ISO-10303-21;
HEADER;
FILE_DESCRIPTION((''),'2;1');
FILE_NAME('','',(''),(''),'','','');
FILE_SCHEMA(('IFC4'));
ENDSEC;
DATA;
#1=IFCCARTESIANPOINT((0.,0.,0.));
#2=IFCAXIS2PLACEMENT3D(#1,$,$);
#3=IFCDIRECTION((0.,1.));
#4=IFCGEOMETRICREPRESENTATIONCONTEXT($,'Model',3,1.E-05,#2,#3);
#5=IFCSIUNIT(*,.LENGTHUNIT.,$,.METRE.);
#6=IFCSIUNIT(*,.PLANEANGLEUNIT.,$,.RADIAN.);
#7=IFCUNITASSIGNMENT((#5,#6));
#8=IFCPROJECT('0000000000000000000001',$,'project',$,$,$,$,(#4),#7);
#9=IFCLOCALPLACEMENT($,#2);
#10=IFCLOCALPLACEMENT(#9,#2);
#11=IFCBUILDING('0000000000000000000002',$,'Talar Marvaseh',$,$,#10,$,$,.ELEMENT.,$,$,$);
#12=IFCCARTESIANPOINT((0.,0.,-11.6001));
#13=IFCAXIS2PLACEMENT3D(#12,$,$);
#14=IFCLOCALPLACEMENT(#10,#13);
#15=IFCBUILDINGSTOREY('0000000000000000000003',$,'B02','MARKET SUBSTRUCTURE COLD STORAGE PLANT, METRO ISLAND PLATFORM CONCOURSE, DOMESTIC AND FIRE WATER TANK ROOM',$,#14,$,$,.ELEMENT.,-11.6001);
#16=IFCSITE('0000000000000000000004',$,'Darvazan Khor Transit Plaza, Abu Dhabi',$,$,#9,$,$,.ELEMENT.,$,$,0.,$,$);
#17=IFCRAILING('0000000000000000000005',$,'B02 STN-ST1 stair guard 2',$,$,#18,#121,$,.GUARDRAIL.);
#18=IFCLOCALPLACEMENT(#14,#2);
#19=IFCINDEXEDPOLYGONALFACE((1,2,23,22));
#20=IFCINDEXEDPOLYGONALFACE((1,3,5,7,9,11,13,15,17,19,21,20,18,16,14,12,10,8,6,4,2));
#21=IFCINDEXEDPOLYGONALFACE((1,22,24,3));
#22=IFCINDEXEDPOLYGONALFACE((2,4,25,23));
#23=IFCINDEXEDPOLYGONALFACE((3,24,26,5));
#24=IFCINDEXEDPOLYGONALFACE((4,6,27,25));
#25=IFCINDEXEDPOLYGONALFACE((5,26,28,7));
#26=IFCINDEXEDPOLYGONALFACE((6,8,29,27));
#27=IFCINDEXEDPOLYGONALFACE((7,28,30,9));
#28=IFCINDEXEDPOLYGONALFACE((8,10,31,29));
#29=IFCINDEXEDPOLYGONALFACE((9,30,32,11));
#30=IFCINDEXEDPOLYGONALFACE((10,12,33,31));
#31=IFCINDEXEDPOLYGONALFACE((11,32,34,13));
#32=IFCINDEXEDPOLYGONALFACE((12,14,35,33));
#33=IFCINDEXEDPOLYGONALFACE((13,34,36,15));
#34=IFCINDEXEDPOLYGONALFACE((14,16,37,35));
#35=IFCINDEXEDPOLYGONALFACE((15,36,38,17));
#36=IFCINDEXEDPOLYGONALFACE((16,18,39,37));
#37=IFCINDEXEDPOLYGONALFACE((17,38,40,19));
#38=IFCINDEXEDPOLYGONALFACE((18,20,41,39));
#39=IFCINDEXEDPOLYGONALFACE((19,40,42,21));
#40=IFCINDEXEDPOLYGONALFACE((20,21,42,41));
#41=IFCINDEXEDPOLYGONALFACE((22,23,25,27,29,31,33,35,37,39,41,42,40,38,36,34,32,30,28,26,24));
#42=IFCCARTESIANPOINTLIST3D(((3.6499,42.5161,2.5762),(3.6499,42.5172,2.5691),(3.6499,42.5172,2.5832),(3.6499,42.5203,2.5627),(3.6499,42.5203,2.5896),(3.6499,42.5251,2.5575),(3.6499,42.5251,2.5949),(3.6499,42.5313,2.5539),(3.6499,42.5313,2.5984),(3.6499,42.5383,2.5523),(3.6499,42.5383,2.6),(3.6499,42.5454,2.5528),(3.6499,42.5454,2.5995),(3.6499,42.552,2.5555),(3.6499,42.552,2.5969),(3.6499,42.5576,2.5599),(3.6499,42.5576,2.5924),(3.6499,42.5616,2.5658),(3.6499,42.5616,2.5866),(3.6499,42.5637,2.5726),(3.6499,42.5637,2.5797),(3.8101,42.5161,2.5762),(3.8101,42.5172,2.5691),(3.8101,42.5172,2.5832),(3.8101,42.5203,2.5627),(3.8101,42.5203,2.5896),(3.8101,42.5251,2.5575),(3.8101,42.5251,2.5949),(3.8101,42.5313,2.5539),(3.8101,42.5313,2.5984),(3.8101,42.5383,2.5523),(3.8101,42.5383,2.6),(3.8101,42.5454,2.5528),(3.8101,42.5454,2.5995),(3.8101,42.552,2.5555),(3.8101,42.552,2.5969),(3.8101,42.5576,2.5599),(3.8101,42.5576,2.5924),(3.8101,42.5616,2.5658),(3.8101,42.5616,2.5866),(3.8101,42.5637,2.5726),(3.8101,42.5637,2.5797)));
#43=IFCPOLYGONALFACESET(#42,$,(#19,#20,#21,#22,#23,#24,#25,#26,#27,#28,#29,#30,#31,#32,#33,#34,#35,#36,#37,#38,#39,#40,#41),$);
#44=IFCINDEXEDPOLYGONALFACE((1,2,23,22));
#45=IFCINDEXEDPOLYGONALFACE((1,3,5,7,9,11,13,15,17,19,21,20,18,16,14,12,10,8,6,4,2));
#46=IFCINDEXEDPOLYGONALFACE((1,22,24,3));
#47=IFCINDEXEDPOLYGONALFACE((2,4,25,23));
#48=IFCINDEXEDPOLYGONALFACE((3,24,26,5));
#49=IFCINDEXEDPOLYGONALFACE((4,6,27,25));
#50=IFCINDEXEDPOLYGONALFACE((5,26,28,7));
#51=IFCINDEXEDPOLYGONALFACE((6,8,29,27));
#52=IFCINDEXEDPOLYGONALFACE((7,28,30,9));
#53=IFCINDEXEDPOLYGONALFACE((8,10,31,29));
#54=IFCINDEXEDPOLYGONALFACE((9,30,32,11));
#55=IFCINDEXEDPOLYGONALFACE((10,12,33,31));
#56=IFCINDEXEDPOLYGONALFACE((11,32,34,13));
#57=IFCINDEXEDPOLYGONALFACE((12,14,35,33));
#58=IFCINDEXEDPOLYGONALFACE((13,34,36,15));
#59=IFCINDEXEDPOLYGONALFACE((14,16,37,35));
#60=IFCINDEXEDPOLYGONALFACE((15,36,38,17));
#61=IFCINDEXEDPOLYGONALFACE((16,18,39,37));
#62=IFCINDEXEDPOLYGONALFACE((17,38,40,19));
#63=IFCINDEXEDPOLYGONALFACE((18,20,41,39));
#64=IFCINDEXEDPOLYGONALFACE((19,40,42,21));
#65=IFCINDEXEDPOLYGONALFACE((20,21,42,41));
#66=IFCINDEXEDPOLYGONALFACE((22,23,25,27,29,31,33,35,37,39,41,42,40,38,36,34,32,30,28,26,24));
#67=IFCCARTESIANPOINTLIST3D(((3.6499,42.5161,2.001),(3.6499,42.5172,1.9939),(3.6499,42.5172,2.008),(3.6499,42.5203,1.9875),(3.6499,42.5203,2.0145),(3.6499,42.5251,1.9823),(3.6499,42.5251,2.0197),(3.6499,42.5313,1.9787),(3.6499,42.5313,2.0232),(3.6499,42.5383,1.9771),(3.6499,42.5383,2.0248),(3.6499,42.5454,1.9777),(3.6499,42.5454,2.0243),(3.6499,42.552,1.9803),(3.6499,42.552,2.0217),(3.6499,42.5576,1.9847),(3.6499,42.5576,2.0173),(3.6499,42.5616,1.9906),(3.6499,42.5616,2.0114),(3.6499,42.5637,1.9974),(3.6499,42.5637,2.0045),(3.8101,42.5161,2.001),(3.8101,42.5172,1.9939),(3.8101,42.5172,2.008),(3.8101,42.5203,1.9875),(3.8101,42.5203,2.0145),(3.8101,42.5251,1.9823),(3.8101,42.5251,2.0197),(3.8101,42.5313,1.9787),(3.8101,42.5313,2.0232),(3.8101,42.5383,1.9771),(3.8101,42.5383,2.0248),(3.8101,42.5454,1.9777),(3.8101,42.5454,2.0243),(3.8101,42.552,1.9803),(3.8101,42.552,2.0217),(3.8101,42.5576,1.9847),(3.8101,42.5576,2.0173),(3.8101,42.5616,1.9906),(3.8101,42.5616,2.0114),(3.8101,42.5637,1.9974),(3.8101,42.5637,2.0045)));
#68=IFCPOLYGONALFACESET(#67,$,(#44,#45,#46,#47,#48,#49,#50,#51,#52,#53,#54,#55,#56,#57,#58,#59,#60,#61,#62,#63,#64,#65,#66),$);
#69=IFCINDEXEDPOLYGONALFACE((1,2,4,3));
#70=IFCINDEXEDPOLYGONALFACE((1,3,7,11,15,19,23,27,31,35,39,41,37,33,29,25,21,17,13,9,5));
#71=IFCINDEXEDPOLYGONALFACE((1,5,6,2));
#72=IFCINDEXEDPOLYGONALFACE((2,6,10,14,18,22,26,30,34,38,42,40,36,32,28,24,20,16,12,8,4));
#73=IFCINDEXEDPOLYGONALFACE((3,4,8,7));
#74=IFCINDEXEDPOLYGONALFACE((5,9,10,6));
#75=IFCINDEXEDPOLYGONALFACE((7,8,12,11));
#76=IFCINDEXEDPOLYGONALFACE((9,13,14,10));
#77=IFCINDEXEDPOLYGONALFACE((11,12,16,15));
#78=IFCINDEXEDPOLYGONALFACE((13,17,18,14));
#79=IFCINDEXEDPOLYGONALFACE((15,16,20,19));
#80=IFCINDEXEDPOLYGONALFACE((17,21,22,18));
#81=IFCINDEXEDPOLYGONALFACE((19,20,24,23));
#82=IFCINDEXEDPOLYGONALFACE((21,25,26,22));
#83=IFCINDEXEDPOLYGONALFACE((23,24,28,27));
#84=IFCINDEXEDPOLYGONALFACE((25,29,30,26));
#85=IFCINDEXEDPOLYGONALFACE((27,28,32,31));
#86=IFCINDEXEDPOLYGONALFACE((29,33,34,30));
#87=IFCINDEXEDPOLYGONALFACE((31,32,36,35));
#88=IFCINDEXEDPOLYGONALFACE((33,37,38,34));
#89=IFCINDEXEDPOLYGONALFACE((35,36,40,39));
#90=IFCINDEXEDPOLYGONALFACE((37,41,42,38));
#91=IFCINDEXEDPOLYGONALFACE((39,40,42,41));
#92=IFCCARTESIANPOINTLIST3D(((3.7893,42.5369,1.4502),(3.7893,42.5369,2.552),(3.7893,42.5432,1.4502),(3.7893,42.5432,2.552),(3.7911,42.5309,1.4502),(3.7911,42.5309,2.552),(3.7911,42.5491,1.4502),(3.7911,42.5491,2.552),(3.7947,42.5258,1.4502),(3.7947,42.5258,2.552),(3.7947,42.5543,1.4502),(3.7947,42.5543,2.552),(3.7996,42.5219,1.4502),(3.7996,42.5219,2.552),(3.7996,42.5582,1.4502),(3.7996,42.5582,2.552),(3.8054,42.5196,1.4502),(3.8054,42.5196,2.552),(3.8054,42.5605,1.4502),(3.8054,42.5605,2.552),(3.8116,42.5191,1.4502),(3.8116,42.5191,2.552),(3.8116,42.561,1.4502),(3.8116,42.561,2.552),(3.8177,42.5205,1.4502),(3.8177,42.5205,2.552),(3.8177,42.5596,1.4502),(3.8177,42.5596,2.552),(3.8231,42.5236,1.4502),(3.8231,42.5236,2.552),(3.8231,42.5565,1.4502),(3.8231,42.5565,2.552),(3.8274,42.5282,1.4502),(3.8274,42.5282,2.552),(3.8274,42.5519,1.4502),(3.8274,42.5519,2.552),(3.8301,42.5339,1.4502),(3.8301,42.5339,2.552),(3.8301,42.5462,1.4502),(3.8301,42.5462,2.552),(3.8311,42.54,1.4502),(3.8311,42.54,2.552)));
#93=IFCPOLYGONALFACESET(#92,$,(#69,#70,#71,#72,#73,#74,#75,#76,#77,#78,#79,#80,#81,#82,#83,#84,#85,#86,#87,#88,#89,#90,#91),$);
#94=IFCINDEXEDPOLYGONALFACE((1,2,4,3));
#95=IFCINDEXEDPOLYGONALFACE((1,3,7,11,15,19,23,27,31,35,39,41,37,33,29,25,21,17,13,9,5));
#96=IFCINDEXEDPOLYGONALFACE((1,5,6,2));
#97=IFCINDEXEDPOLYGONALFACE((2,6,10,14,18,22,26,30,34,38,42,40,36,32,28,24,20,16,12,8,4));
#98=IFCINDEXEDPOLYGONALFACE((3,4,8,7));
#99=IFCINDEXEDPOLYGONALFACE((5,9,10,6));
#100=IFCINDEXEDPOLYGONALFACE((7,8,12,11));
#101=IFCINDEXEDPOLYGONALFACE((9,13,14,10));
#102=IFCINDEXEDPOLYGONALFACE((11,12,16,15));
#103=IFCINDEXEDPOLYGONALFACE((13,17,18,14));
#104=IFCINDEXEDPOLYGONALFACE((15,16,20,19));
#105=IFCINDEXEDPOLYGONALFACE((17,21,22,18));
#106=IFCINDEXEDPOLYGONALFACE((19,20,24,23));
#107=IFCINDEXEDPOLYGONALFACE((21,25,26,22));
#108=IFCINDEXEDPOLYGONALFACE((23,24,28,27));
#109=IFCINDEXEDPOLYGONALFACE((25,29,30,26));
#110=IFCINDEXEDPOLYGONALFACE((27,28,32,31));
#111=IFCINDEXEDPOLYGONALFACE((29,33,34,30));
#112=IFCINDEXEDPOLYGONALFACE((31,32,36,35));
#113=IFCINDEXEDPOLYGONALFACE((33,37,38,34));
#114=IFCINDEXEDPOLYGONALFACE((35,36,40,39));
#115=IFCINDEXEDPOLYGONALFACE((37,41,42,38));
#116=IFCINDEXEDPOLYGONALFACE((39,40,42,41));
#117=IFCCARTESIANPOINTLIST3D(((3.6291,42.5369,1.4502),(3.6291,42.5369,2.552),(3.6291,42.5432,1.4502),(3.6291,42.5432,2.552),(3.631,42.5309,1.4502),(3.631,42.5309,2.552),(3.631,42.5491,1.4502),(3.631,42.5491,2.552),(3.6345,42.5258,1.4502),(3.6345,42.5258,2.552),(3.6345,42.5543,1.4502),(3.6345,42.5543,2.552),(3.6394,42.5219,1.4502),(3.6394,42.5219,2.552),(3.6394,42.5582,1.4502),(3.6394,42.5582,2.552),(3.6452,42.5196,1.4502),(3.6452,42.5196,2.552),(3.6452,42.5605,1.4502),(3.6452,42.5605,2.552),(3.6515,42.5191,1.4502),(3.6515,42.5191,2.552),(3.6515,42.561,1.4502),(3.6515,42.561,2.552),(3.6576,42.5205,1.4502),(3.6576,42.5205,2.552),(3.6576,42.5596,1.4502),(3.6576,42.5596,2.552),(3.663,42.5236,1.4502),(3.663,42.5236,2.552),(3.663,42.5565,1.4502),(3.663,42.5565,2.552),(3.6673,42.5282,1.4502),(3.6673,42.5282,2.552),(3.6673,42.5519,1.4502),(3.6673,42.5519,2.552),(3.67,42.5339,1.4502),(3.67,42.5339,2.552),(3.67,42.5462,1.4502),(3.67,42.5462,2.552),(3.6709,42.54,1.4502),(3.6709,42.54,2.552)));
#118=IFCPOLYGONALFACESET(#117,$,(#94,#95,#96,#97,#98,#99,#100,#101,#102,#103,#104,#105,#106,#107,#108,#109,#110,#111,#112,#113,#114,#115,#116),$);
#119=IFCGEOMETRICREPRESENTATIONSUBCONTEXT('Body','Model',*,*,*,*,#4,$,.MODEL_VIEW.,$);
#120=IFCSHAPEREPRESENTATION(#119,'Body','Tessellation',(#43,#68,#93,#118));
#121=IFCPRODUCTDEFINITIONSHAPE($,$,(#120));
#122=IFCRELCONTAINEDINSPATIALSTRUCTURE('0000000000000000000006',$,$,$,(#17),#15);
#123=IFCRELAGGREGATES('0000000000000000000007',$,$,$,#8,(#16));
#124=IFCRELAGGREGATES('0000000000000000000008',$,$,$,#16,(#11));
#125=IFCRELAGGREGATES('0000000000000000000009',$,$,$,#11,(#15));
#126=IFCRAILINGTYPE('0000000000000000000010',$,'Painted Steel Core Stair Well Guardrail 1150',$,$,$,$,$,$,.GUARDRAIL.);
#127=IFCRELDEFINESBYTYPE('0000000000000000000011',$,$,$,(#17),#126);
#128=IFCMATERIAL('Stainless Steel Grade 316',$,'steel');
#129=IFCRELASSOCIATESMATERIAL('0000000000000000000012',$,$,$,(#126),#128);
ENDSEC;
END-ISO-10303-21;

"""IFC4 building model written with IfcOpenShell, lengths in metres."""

from ifc_helpers import new_model, si_unit, direction, frame, origin, origin_2d, place, context, subcontext, project, spatial, circle, extrude, material, type_object, element, save


model = new_model("IFC4")

# Units and contexts
model_context = context("Model", 3, precision=1e-05, world=origin(), true_north=direction((0.0, 1.0)))
body_context = subcontext(model_context, "Body", "Model", "MODEL_VIEW")
ifc_project = project(units=[si_unit("LENGTHUNIT", "METRE"), si_unit("PLANEANGLEUNIT", "RADIAN")], contexts=[model_context])

# Site, building, storey
site_placement = place(None, origin())
site = spatial("IfcSite", under=ifc_project, at=site_placement, Name="Darvazan Khor Transit Plaza, Abu Dhabi", CompositionType="ELEMENT", RefElevation=0.0)
building_placement = place(site_placement, origin())
building = spatial("IfcBuilding", under=site, at=building_placement, Name="Talar Marvaseh", CompositionType="ELEMENT")
storey_placement = place(building_placement, frame((0.0, 0.0, -11.6001)))
storey = spatial("IfcBuildingStorey", under=building, at=storey_placement, Name="B02", Description="MARKET SUBSTRUCTURE COLD STORAGE PLANT, METRO ISLAND PLATFORM CONCOURSE, DOMESTIC AND FIRE WATER TANK ROOM", CompositionType="ELEMENT", Elevation=-11.6001)

# Railing
ifc_material_1 = material(Name="Stainless Steel Grade 316", Category="steel")
railing_type_1 = type_object("IfcRailingType", Name="Painted Steel Core Stair Well Guardrail 1150", PredefinedType="GUARDRAIL", material=ifc_material_1)
railing_1_placement = place(storey_placement, frame((3.8101, 42.54, 1.4502)))
element("IfcRailing", 1, at=railing_1_placement, inside=storey, type_object=railing_type_1, Name="B02 STN-ST1 stair guard 2", PredefinedType="GUARDRAIL", context=body_context, shape_type="SweptSolid", body=[
    extrude(circle(Radius=0.0239, at=origin_2d()), frame((0.0, 0.0, 1.126), z_axis=(-1.0, 0.0, 0.0), x_axis=(0.0, -1.0, 0.0)), (0.0, 0.0, 1.0), 0.1602),
    extrude(circle(Radius=0.0239, at=origin_2d()), frame((0.0, 0.0, 0.5508), z_axis=(-1.0, 0.0, 0.0), x_axis=(0.0, -1.0, 0.0)), (0.0, 0.0, 1.0), 0.1602),
    extrude(circle(Radius=0.021, at=origin_2d()), origin(), (0.0, 0.0, 1.0), 1.1018),
    extrude(circle(Radius=0.021, at=origin_2d()), frame((-0.1602, 0.0, 0.0)), (0.0, 0.0, 1.0), 1.1018),
])

save(model, "model.ifc")
